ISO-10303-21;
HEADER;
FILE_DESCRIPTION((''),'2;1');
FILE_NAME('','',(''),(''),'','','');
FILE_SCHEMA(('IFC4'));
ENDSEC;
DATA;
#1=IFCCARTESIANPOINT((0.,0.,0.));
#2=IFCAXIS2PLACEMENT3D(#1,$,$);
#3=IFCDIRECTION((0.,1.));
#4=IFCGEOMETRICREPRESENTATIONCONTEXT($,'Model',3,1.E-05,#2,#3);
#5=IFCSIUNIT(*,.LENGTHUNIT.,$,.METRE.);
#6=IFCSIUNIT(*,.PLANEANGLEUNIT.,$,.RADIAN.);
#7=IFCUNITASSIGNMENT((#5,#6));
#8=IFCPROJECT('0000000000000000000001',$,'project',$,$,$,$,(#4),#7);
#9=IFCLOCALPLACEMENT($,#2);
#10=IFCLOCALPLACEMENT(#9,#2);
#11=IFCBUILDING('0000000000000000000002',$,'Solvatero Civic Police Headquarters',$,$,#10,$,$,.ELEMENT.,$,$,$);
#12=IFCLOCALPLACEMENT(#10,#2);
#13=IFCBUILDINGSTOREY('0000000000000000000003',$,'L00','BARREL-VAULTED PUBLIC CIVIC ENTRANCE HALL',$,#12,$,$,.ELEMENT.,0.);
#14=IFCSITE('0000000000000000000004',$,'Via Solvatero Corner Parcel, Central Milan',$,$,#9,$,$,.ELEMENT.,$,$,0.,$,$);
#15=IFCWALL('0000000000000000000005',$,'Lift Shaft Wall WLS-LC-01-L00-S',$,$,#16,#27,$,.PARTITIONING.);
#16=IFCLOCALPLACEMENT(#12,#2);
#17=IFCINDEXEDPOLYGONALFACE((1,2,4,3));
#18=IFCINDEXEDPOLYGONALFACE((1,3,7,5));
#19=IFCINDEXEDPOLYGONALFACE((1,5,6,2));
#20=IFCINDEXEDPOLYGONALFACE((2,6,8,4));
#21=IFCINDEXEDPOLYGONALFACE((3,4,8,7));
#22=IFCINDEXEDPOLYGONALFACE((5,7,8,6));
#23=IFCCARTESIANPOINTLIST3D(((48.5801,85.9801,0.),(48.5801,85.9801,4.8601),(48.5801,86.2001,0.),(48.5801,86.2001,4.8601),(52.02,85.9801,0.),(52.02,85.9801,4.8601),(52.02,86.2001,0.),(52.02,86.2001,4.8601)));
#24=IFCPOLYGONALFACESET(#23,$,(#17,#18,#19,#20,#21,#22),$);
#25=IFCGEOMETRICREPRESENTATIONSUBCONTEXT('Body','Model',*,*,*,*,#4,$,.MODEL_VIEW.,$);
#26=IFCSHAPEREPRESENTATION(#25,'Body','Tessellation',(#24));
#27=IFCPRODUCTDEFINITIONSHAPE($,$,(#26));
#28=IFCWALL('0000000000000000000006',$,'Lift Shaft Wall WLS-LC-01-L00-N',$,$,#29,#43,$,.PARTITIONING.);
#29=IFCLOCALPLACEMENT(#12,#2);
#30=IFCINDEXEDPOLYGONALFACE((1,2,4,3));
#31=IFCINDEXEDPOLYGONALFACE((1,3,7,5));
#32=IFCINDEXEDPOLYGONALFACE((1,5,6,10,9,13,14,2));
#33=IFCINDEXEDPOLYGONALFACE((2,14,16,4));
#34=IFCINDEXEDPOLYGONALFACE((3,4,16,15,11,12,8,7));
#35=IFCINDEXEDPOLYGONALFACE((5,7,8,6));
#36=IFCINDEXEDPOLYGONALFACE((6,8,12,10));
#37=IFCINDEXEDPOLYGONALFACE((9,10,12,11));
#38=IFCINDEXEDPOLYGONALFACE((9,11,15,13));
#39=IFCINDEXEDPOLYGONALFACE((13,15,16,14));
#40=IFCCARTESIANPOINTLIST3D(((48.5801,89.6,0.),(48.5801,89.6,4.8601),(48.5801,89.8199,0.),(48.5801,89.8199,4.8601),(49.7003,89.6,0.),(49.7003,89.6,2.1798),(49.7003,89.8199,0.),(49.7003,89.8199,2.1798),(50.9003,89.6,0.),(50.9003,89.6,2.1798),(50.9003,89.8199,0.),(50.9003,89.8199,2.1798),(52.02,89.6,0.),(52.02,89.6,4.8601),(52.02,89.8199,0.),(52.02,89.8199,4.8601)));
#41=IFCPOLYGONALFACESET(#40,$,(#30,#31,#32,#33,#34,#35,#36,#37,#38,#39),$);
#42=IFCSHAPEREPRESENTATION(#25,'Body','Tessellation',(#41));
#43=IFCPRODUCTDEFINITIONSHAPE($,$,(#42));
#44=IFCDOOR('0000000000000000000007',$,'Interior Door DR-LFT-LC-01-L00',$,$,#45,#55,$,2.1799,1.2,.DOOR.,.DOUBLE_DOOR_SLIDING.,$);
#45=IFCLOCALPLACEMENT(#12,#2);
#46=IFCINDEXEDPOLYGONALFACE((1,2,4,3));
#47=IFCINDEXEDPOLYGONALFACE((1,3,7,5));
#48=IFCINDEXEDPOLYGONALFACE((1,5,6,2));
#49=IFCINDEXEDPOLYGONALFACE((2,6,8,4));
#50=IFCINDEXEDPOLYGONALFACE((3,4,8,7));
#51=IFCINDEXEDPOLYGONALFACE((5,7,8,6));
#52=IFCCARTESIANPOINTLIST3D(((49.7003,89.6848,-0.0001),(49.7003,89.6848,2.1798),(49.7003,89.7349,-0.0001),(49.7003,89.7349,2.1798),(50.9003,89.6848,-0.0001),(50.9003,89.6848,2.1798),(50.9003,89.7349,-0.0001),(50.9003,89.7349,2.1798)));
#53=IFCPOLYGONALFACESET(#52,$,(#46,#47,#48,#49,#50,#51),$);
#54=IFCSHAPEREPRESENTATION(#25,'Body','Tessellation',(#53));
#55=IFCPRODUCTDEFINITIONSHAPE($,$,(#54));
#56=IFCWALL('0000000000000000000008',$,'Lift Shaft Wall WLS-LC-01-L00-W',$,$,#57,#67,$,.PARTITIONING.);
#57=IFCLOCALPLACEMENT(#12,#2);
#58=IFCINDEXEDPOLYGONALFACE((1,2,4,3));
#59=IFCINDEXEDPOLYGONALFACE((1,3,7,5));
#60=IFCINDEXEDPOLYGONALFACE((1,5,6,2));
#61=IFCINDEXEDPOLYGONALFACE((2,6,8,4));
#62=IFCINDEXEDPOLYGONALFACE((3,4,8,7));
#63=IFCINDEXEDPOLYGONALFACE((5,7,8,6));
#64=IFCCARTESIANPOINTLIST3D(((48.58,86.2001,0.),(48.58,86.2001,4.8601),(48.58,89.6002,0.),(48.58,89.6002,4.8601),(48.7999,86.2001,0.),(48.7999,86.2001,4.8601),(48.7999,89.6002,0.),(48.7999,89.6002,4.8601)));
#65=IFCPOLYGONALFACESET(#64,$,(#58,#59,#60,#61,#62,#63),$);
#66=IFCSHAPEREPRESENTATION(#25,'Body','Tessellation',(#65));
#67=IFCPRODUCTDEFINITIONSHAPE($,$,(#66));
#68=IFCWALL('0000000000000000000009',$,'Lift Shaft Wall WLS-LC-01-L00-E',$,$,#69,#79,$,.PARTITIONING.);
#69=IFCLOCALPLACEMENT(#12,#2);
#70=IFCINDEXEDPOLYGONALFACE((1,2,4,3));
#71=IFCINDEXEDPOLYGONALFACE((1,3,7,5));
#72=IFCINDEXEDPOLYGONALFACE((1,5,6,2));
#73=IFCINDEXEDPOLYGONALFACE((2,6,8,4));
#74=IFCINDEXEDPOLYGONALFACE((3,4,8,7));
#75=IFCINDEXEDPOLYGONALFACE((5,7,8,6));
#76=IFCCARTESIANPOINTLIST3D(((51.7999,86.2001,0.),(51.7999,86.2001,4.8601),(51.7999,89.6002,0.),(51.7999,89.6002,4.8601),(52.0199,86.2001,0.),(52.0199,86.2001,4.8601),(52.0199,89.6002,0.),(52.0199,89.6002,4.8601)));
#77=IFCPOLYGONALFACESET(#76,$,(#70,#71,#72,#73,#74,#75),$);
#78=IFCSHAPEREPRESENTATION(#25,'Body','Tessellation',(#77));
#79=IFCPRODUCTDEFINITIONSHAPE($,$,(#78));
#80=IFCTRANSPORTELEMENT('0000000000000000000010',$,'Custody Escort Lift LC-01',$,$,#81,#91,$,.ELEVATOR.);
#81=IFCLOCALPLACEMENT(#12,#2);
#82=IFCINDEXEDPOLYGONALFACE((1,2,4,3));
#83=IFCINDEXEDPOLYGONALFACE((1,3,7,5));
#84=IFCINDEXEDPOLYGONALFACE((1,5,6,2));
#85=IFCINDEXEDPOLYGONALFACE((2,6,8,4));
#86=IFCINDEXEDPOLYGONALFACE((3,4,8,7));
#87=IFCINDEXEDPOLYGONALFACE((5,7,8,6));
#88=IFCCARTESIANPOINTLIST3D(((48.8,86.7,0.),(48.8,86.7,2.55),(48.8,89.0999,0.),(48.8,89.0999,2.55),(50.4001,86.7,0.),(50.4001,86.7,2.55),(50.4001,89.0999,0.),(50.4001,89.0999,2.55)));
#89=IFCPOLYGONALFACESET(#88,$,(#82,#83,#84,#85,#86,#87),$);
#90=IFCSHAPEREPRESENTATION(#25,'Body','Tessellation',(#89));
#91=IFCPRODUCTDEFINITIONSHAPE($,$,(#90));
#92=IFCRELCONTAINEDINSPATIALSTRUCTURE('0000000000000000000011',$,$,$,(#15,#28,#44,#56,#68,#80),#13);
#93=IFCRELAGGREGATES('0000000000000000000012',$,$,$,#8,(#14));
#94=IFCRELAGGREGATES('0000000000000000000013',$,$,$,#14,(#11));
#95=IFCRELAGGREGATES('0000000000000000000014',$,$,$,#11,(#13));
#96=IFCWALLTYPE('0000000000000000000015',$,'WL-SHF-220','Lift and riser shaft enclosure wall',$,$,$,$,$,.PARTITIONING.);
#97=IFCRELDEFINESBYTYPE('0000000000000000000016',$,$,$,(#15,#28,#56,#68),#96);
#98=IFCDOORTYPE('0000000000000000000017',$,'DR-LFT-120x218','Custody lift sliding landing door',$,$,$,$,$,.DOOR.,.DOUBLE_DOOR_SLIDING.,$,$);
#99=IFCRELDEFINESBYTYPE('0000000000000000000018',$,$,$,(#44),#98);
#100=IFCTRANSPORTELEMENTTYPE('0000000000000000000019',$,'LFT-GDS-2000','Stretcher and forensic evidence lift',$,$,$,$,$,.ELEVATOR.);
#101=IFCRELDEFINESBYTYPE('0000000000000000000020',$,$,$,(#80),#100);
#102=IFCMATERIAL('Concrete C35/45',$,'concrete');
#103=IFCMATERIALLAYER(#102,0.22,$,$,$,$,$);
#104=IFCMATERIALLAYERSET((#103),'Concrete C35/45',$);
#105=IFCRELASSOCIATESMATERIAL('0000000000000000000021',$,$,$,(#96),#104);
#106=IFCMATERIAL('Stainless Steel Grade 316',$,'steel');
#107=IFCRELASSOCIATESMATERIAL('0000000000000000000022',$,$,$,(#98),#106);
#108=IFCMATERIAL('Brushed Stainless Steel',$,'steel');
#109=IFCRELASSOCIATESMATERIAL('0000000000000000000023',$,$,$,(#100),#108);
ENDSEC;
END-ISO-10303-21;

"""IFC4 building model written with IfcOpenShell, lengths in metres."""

from ifc_helpers import new_model, si_unit, direction, frame, frame_2d, origin, origin_2d, place, context, subcontext, project, spatial, rectangle, extrude, material, layer, layer_set, type_object, element, fill, save


model = new_model("IFC4")

# Units and contexts
model_context = context("Model", 3, precision=1e-05, world=origin(), true_north=direction((0.0, 1.0)))
body_context = subcontext(model_context, "Body", "Model", "MODEL_VIEW")
ifc_project = project(units=[si_unit("LENGTHUNIT", "METRE"), si_unit("PLANEANGLEUNIT", "RADIAN")], contexts=[model_context])

# Site, building, storey
site_placement = place(None, origin())
site = spatial("IfcSite", under=ifc_project, at=site_placement, Name="Via Solvatero Corner Parcel, Central Milan", CompositionType="ELEMENT", RefElevation=0.0)
building_placement = place(site_placement, origin())
building = spatial("IfcBuilding", under=site, at=building_placement, Name="Solvatero Civic Police Headquarters", CompositionType="ELEMENT")
storey_placement = place(building_placement, origin())
storey = spatial("IfcBuildingStorey", under=building, at=storey_placement, Name="L00", Description="BARREL-VAULTED PUBLIC CIVIC ENTRANCE HALL", CompositionType="ELEMENT", Elevation=0.0)

# Wall
ifc_material_1 = material(Name="Concrete C35/45", Category="concrete")
ifc_layer = layer(ifc_material_1, 0.22)
ifc_layer_set = layer_set([ifc_layer], Name="Concrete C35/45")
wall_type = type_object("IfcWallType", Name="WL-SHF-220", Description="Lift and riser shaft enclosure wall", PredefinedType="PARTITIONING", material=ifc_layer_set)
wall_1_placement = place(storey_placement, frame((48.5801, 86.0901, 0.0), z_axis=(0.0, 0.0, 1.0), x_axis=(1.0, 0.0, 0.0)))
element("IfcWall", 1, at=wall_1_placement, inside=storey, type_object=wall_type, Name="Lift Shaft Wall WLS-LC-01-L00-S", PredefinedType="PARTITIONING", context=body_context, shape_type="SweptSolid", body=[
    extrude(rectangle(XDim=3.4399, YDim=0.22, at=frame_2d((1.72, 0.0))), origin(), (0.0, 0.0, 1.0), 4.8601),
])

# Wall, opening, door
wall_2_placement = place(storey_placement, frame((48.5801, 89.71, 0.0), z_axis=(0.0, 0.0, 1.0), x_axis=(1.0, 0.0, 0.0)))
wall_2 = element("IfcWall", 2, at=wall_2_placement, inside=storey, type_object=wall_type, Name="Lift Shaft Wall WLS-LC-01-L00-N", PredefinedType="PARTITIONING", context=body_context, shape_type="SweptSolid", body=[
    extrude(rectangle(XDim=3.4399, YDim=0.22, at=frame_2d((1.72, 0.0))), origin(), (0.0, 0.0, 1.0), 4.8601),
])
opening_placement = place(wall_2_placement, frame((1.1201, 0.0, 0.0)))
opening = element("IfcOpeningElement", 3, at=opening_placement, cuts=wall_2, PredefinedType="OPENING", context=body_context, shape_type="SweptSolid", body=[
    extrude(rectangle(XDim=1.2, YDim=2.1799, at=frame_2d((0.6001, 1.0898))), frame((0.0, 0.1199, 0.0), z_axis=(0.0, -1.0, 0.0), x_axis=(1.0, 0.0, 0.0)), (0.0, 0.0, 1.0), 0.24),
])
ifc_material_2 = material(Name="Stainless Steel Grade 316", Category="steel")
door_type = type_object("IfcDoorType", Name="DR-LFT-120x218", Description="Custody lift sliding landing door", OperationType="DOUBLE_DOOR_SLIDING", PredefinedType="DOOR", material=ifc_material_2)
door_placement = place(opening_placement, origin())
door = element("IfcDoor", 4, at=door_placement, inside=storey, type_object=door_type, Name="Interior Door DR-LFT-LC-01-L00", OperationType="DOUBLE_DOOR_SLIDING", OverallHeight=2.1799, OverallWidth=1.2, PredefinedType="DOOR", context=body_context, shape_type="SweptSolid", body=[
    extrude(rectangle(XDim=1.2, YDim=2.1799, at=frame_2d((0.6001, 1.0898))), frame((0.0, 0.0249, 0.0), z_axis=(0.0, -1.0, 0.0), x_axis=(1.0, 0.0, 0.0)), (0.0, 0.0, 1.0), 0.05),
])
fill(opening, door)

# Walls
for number, where, z_axis, x_axis, name in (
    (5, (48.6899, 86.2, 0.0), (0.0, 0.0, 1.0), (0.0, 1.0, 0.0), "Lift Shaft Wall WLS-LC-01-L00-W"),
    (6, (51.9099, 86.2, 0.0), (0.0, 0.0, 1.0), (0.0, 1.0, 0.0), "Lift Shaft Wall WLS-LC-01-L00-E"),
):
    element("IfcWall", number, at=place(storey_placement, frame(where, z_axis=z_axis, x_axis=x_axis)), inside=storey, type_object=wall_type, Name=name, PredefinedType="PARTITIONING", context=body_context, shape_type="SweptSolid", body=[
        extrude(rectangle(XDim=3.4001, YDim=0.22, at=frame_2d((1.7002, 0.0))), origin(), (0.0, 0.0, 1.0), 4.8601),
    ])

# Transport element
ifc_material_3 = material(Name="Brushed Stainless Steel", Category="steel")
transport_element_type = type_object("IfcTransportElementType", Name="LFT-GDS-2000", Description="Stretcher and forensic evidence lift", PredefinedType="ELEVATOR", material=ifc_material_3)
transport_element_placement = place(storey_placement, frame((49.6001, 87.8999, 0.0), z_axis=(0.0, 0.0, 1.0), x_axis=(1.0, 0.0, 0.0)))
element("IfcTransportElement", 7, at=transport_element_placement, inside=storey, type_object=transport_element_type, Name="Custody Escort Lift LC-01", PredefinedType="ELEVATOR", context=body_context, shape_type="SweptSolid", body=[
    extrude(rectangle(XDim=1.6001, YDim=2.3999, at=origin_2d()), origin(), (0.0, 0.0, 1.0), 2.55),
])

save(model, "model.ifc")
